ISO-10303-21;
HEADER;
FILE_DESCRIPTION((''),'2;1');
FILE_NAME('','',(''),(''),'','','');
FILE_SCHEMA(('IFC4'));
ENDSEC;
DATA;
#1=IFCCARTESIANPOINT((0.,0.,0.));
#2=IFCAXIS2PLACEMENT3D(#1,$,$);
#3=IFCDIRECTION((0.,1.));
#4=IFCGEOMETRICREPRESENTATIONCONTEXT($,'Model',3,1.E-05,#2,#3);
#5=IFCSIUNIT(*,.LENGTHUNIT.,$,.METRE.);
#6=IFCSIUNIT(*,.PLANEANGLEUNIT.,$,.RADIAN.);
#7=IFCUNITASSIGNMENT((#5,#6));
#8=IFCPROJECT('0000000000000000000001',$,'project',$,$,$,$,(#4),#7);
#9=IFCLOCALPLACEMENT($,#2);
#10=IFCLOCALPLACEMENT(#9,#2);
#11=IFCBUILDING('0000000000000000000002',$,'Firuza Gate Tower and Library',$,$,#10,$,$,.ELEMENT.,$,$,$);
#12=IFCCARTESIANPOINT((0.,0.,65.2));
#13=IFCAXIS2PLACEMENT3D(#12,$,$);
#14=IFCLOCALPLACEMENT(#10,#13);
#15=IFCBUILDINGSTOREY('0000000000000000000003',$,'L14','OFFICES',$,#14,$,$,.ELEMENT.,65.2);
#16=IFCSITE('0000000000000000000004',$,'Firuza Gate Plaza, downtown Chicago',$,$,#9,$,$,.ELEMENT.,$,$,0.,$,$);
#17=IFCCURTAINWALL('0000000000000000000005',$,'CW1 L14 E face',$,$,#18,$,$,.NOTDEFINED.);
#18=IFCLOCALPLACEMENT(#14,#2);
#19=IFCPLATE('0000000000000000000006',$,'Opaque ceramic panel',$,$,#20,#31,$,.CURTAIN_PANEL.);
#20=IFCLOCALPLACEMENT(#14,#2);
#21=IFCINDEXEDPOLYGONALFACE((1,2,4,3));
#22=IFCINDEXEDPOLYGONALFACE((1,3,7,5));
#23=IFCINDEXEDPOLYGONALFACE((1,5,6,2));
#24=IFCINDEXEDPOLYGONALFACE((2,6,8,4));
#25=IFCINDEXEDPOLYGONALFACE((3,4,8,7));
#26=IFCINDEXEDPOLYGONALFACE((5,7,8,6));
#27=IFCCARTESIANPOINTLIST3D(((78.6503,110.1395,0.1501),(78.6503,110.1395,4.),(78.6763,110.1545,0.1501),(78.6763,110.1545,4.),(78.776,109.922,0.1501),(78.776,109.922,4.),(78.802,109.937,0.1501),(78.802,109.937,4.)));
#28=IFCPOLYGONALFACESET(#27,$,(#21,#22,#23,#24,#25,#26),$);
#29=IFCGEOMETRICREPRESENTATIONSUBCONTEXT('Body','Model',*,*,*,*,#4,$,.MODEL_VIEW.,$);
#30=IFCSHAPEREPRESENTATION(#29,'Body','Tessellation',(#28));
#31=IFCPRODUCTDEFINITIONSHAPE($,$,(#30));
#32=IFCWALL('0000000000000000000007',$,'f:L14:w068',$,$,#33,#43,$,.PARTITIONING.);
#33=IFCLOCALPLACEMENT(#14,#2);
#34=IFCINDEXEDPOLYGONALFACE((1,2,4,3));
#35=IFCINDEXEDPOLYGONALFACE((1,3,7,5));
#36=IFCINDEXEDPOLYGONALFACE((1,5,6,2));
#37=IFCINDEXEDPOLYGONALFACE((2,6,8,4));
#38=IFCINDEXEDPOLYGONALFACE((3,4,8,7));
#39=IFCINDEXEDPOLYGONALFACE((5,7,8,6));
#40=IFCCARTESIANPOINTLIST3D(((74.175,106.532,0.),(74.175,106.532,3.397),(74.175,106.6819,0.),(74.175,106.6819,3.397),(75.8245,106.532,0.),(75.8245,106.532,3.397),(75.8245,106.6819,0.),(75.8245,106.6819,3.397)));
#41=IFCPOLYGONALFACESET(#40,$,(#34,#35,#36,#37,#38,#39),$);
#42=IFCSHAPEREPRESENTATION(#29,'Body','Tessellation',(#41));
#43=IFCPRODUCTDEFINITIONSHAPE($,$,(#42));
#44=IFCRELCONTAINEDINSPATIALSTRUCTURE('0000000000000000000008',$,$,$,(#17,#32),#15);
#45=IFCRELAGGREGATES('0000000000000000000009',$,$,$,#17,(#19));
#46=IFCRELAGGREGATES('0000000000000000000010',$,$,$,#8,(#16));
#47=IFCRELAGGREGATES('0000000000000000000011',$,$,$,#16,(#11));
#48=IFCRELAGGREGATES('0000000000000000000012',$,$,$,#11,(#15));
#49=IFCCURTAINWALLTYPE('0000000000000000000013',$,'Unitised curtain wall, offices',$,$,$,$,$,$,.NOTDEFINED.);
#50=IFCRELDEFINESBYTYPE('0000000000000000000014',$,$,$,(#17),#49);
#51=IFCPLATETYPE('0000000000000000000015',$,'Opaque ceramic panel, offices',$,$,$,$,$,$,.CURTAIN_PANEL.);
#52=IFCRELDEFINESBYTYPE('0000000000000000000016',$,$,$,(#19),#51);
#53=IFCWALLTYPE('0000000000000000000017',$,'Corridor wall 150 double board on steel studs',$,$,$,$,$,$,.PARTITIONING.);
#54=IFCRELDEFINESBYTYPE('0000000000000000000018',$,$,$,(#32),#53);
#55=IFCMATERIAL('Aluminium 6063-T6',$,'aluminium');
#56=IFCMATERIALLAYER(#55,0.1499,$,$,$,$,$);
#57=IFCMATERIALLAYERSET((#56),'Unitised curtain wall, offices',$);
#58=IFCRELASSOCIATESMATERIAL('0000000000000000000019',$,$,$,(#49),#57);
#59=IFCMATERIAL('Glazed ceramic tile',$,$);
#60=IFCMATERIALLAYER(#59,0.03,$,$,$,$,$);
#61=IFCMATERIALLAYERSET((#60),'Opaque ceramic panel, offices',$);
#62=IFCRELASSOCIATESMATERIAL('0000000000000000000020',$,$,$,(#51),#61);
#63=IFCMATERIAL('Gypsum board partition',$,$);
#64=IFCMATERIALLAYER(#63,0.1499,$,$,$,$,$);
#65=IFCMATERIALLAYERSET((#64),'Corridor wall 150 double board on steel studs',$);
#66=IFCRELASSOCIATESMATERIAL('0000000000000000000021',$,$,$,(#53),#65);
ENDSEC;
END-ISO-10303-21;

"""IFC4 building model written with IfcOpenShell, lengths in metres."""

from ifc_helpers import new_model, si_unit, direction, frame, frame_2d, origin, place, context, subcontext, project, spatial, polyline, rectangle, outline, extrude, material, layer, layer_set, type_object, element, aggregate, save


model = new_model("IFC4")

# Units and contexts
model_context = context("Model", 3, precision=1e-05, world=origin(), true_north=direction((0.0, 1.0)))
body_context = subcontext(model_context, "Body", "Model", "MODEL_VIEW")
ifc_project = project(units=[si_unit("LENGTHUNIT", "METRE"), si_unit("PLANEANGLEUNIT", "RADIAN")], contexts=[model_context])

# Site, building, storey
site_placement = place(None, origin())
site = spatial("IfcSite", under=ifc_project, at=site_placement, Name="Firuza Gate Plaza, downtown Chicago", CompositionType="ELEMENT", RefElevation=0.0)
building_placement = place(site_placement, origin())
building = spatial("IfcBuilding", under=site, at=building_placement, Name="Firuza Gate Tower and Library", CompositionType="ELEMENT")
storey_placement = place(building_placement, frame((0.0, 0.0, 65.2)))
storey = spatial("IfcBuildingStorey", under=building, at=storey_placement, Name="L14", Description="OFFICES", CompositionType="ELEMENT", Elevation=65.2)

# Curtain wall
ifc_material_1 = material(Name="Aluminium 6063-T6", Category="aluminium")
ifc_layer_1 = layer(ifc_material_1, 0.1499)
ifc_layer_set_1 = layer_set([ifc_layer_1], Name="Unitised curtain wall, offices")
curtain_wall_type_1 = type_object("IfcCurtainWallType", Name="Unitised curtain wall, offices", PredefinedType="NOTDEFINED", material=ifc_layer_set_1)
placement = place(storey_placement, origin())
curtain_wall_1 = element("IfcCurtainWall", 1, at=placement, inside=storey, type_object=curtain_wall_type_1, Name="CW1 L14 E face", PredefinedType="NOTDEFINED")

# Plate
ifc_material_2 = material(Name="Glazed ceramic tile")
ifc_layer_2 = layer(ifc_material_2, 0.03)
ifc_layer_set_2 = layer_set([ifc_layer_2], Name="Opaque ceramic panel, offices")
plate_type_1 = type_object("IfcPlateType", Name="Opaque ceramic panel, offices", PredefinedType="CURTAIN_PANEL", material=ifc_layer_set_2)
plate_1_placement = place(storey_placement, frame((78.802, 109.937, 0.1501), z_axis=(0.865781, 0.500423, 0.0), x_axis=(-0.500423, 0.865781, 0.0)))
plate_1 = element("IfcPlate", 2, at=plate_1_placement, type_object=plate_type_1, Name="Opaque ceramic panel", PredefinedType="CURTAIN_PANEL", context=body_context, shape_type="SweptSolid", body=[
    extrude(outline(polyline([(0.0, 0.0), (0.2513, 0.0), (0.2513, 3.8499), (0.0, 3.8499), (0.0, 0.0)])), origin(), (0.0, 0.0, -1.0), 0.03),
])
aggregate(curtain_wall_1, [plate_1])

# Wall
ifc_material_3 = material(Name="Gypsum board partition")
ifc_layer_3 = layer(ifc_material_3, 0.1499)
ifc_layer_set_3 = layer_set([ifc_layer_3], Name="Corridor wall 150 double board on steel studs")
wall_type = type_object("IfcWallType", Name="Corridor wall 150 double board on steel studs", PredefinedType="PARTITIONING", material=ifc_layer_set_3)
wall_placement = place(storey_placement, frame((74.175, 106.6069, 0.0), z_axis=(0.0, 0.0, 1.0), x_axis=(1.0, 0.0, 0.0)))
element("IfcWall", 3, at=wall_placement, inside=storey, type_object=wall_type, Name="f:L14:w068", PredefinedType="PARTITIONING", context=body_context, shape_type="SweptSolid", body=[
    extrude(rectangle(XDim=1.6494, YDim=0.1499, at=frame_2d((0.8247, 0.0))), origin(), (0.0, 0.0, 1.0), 3.397),
])

save(model, "model.ifc")
